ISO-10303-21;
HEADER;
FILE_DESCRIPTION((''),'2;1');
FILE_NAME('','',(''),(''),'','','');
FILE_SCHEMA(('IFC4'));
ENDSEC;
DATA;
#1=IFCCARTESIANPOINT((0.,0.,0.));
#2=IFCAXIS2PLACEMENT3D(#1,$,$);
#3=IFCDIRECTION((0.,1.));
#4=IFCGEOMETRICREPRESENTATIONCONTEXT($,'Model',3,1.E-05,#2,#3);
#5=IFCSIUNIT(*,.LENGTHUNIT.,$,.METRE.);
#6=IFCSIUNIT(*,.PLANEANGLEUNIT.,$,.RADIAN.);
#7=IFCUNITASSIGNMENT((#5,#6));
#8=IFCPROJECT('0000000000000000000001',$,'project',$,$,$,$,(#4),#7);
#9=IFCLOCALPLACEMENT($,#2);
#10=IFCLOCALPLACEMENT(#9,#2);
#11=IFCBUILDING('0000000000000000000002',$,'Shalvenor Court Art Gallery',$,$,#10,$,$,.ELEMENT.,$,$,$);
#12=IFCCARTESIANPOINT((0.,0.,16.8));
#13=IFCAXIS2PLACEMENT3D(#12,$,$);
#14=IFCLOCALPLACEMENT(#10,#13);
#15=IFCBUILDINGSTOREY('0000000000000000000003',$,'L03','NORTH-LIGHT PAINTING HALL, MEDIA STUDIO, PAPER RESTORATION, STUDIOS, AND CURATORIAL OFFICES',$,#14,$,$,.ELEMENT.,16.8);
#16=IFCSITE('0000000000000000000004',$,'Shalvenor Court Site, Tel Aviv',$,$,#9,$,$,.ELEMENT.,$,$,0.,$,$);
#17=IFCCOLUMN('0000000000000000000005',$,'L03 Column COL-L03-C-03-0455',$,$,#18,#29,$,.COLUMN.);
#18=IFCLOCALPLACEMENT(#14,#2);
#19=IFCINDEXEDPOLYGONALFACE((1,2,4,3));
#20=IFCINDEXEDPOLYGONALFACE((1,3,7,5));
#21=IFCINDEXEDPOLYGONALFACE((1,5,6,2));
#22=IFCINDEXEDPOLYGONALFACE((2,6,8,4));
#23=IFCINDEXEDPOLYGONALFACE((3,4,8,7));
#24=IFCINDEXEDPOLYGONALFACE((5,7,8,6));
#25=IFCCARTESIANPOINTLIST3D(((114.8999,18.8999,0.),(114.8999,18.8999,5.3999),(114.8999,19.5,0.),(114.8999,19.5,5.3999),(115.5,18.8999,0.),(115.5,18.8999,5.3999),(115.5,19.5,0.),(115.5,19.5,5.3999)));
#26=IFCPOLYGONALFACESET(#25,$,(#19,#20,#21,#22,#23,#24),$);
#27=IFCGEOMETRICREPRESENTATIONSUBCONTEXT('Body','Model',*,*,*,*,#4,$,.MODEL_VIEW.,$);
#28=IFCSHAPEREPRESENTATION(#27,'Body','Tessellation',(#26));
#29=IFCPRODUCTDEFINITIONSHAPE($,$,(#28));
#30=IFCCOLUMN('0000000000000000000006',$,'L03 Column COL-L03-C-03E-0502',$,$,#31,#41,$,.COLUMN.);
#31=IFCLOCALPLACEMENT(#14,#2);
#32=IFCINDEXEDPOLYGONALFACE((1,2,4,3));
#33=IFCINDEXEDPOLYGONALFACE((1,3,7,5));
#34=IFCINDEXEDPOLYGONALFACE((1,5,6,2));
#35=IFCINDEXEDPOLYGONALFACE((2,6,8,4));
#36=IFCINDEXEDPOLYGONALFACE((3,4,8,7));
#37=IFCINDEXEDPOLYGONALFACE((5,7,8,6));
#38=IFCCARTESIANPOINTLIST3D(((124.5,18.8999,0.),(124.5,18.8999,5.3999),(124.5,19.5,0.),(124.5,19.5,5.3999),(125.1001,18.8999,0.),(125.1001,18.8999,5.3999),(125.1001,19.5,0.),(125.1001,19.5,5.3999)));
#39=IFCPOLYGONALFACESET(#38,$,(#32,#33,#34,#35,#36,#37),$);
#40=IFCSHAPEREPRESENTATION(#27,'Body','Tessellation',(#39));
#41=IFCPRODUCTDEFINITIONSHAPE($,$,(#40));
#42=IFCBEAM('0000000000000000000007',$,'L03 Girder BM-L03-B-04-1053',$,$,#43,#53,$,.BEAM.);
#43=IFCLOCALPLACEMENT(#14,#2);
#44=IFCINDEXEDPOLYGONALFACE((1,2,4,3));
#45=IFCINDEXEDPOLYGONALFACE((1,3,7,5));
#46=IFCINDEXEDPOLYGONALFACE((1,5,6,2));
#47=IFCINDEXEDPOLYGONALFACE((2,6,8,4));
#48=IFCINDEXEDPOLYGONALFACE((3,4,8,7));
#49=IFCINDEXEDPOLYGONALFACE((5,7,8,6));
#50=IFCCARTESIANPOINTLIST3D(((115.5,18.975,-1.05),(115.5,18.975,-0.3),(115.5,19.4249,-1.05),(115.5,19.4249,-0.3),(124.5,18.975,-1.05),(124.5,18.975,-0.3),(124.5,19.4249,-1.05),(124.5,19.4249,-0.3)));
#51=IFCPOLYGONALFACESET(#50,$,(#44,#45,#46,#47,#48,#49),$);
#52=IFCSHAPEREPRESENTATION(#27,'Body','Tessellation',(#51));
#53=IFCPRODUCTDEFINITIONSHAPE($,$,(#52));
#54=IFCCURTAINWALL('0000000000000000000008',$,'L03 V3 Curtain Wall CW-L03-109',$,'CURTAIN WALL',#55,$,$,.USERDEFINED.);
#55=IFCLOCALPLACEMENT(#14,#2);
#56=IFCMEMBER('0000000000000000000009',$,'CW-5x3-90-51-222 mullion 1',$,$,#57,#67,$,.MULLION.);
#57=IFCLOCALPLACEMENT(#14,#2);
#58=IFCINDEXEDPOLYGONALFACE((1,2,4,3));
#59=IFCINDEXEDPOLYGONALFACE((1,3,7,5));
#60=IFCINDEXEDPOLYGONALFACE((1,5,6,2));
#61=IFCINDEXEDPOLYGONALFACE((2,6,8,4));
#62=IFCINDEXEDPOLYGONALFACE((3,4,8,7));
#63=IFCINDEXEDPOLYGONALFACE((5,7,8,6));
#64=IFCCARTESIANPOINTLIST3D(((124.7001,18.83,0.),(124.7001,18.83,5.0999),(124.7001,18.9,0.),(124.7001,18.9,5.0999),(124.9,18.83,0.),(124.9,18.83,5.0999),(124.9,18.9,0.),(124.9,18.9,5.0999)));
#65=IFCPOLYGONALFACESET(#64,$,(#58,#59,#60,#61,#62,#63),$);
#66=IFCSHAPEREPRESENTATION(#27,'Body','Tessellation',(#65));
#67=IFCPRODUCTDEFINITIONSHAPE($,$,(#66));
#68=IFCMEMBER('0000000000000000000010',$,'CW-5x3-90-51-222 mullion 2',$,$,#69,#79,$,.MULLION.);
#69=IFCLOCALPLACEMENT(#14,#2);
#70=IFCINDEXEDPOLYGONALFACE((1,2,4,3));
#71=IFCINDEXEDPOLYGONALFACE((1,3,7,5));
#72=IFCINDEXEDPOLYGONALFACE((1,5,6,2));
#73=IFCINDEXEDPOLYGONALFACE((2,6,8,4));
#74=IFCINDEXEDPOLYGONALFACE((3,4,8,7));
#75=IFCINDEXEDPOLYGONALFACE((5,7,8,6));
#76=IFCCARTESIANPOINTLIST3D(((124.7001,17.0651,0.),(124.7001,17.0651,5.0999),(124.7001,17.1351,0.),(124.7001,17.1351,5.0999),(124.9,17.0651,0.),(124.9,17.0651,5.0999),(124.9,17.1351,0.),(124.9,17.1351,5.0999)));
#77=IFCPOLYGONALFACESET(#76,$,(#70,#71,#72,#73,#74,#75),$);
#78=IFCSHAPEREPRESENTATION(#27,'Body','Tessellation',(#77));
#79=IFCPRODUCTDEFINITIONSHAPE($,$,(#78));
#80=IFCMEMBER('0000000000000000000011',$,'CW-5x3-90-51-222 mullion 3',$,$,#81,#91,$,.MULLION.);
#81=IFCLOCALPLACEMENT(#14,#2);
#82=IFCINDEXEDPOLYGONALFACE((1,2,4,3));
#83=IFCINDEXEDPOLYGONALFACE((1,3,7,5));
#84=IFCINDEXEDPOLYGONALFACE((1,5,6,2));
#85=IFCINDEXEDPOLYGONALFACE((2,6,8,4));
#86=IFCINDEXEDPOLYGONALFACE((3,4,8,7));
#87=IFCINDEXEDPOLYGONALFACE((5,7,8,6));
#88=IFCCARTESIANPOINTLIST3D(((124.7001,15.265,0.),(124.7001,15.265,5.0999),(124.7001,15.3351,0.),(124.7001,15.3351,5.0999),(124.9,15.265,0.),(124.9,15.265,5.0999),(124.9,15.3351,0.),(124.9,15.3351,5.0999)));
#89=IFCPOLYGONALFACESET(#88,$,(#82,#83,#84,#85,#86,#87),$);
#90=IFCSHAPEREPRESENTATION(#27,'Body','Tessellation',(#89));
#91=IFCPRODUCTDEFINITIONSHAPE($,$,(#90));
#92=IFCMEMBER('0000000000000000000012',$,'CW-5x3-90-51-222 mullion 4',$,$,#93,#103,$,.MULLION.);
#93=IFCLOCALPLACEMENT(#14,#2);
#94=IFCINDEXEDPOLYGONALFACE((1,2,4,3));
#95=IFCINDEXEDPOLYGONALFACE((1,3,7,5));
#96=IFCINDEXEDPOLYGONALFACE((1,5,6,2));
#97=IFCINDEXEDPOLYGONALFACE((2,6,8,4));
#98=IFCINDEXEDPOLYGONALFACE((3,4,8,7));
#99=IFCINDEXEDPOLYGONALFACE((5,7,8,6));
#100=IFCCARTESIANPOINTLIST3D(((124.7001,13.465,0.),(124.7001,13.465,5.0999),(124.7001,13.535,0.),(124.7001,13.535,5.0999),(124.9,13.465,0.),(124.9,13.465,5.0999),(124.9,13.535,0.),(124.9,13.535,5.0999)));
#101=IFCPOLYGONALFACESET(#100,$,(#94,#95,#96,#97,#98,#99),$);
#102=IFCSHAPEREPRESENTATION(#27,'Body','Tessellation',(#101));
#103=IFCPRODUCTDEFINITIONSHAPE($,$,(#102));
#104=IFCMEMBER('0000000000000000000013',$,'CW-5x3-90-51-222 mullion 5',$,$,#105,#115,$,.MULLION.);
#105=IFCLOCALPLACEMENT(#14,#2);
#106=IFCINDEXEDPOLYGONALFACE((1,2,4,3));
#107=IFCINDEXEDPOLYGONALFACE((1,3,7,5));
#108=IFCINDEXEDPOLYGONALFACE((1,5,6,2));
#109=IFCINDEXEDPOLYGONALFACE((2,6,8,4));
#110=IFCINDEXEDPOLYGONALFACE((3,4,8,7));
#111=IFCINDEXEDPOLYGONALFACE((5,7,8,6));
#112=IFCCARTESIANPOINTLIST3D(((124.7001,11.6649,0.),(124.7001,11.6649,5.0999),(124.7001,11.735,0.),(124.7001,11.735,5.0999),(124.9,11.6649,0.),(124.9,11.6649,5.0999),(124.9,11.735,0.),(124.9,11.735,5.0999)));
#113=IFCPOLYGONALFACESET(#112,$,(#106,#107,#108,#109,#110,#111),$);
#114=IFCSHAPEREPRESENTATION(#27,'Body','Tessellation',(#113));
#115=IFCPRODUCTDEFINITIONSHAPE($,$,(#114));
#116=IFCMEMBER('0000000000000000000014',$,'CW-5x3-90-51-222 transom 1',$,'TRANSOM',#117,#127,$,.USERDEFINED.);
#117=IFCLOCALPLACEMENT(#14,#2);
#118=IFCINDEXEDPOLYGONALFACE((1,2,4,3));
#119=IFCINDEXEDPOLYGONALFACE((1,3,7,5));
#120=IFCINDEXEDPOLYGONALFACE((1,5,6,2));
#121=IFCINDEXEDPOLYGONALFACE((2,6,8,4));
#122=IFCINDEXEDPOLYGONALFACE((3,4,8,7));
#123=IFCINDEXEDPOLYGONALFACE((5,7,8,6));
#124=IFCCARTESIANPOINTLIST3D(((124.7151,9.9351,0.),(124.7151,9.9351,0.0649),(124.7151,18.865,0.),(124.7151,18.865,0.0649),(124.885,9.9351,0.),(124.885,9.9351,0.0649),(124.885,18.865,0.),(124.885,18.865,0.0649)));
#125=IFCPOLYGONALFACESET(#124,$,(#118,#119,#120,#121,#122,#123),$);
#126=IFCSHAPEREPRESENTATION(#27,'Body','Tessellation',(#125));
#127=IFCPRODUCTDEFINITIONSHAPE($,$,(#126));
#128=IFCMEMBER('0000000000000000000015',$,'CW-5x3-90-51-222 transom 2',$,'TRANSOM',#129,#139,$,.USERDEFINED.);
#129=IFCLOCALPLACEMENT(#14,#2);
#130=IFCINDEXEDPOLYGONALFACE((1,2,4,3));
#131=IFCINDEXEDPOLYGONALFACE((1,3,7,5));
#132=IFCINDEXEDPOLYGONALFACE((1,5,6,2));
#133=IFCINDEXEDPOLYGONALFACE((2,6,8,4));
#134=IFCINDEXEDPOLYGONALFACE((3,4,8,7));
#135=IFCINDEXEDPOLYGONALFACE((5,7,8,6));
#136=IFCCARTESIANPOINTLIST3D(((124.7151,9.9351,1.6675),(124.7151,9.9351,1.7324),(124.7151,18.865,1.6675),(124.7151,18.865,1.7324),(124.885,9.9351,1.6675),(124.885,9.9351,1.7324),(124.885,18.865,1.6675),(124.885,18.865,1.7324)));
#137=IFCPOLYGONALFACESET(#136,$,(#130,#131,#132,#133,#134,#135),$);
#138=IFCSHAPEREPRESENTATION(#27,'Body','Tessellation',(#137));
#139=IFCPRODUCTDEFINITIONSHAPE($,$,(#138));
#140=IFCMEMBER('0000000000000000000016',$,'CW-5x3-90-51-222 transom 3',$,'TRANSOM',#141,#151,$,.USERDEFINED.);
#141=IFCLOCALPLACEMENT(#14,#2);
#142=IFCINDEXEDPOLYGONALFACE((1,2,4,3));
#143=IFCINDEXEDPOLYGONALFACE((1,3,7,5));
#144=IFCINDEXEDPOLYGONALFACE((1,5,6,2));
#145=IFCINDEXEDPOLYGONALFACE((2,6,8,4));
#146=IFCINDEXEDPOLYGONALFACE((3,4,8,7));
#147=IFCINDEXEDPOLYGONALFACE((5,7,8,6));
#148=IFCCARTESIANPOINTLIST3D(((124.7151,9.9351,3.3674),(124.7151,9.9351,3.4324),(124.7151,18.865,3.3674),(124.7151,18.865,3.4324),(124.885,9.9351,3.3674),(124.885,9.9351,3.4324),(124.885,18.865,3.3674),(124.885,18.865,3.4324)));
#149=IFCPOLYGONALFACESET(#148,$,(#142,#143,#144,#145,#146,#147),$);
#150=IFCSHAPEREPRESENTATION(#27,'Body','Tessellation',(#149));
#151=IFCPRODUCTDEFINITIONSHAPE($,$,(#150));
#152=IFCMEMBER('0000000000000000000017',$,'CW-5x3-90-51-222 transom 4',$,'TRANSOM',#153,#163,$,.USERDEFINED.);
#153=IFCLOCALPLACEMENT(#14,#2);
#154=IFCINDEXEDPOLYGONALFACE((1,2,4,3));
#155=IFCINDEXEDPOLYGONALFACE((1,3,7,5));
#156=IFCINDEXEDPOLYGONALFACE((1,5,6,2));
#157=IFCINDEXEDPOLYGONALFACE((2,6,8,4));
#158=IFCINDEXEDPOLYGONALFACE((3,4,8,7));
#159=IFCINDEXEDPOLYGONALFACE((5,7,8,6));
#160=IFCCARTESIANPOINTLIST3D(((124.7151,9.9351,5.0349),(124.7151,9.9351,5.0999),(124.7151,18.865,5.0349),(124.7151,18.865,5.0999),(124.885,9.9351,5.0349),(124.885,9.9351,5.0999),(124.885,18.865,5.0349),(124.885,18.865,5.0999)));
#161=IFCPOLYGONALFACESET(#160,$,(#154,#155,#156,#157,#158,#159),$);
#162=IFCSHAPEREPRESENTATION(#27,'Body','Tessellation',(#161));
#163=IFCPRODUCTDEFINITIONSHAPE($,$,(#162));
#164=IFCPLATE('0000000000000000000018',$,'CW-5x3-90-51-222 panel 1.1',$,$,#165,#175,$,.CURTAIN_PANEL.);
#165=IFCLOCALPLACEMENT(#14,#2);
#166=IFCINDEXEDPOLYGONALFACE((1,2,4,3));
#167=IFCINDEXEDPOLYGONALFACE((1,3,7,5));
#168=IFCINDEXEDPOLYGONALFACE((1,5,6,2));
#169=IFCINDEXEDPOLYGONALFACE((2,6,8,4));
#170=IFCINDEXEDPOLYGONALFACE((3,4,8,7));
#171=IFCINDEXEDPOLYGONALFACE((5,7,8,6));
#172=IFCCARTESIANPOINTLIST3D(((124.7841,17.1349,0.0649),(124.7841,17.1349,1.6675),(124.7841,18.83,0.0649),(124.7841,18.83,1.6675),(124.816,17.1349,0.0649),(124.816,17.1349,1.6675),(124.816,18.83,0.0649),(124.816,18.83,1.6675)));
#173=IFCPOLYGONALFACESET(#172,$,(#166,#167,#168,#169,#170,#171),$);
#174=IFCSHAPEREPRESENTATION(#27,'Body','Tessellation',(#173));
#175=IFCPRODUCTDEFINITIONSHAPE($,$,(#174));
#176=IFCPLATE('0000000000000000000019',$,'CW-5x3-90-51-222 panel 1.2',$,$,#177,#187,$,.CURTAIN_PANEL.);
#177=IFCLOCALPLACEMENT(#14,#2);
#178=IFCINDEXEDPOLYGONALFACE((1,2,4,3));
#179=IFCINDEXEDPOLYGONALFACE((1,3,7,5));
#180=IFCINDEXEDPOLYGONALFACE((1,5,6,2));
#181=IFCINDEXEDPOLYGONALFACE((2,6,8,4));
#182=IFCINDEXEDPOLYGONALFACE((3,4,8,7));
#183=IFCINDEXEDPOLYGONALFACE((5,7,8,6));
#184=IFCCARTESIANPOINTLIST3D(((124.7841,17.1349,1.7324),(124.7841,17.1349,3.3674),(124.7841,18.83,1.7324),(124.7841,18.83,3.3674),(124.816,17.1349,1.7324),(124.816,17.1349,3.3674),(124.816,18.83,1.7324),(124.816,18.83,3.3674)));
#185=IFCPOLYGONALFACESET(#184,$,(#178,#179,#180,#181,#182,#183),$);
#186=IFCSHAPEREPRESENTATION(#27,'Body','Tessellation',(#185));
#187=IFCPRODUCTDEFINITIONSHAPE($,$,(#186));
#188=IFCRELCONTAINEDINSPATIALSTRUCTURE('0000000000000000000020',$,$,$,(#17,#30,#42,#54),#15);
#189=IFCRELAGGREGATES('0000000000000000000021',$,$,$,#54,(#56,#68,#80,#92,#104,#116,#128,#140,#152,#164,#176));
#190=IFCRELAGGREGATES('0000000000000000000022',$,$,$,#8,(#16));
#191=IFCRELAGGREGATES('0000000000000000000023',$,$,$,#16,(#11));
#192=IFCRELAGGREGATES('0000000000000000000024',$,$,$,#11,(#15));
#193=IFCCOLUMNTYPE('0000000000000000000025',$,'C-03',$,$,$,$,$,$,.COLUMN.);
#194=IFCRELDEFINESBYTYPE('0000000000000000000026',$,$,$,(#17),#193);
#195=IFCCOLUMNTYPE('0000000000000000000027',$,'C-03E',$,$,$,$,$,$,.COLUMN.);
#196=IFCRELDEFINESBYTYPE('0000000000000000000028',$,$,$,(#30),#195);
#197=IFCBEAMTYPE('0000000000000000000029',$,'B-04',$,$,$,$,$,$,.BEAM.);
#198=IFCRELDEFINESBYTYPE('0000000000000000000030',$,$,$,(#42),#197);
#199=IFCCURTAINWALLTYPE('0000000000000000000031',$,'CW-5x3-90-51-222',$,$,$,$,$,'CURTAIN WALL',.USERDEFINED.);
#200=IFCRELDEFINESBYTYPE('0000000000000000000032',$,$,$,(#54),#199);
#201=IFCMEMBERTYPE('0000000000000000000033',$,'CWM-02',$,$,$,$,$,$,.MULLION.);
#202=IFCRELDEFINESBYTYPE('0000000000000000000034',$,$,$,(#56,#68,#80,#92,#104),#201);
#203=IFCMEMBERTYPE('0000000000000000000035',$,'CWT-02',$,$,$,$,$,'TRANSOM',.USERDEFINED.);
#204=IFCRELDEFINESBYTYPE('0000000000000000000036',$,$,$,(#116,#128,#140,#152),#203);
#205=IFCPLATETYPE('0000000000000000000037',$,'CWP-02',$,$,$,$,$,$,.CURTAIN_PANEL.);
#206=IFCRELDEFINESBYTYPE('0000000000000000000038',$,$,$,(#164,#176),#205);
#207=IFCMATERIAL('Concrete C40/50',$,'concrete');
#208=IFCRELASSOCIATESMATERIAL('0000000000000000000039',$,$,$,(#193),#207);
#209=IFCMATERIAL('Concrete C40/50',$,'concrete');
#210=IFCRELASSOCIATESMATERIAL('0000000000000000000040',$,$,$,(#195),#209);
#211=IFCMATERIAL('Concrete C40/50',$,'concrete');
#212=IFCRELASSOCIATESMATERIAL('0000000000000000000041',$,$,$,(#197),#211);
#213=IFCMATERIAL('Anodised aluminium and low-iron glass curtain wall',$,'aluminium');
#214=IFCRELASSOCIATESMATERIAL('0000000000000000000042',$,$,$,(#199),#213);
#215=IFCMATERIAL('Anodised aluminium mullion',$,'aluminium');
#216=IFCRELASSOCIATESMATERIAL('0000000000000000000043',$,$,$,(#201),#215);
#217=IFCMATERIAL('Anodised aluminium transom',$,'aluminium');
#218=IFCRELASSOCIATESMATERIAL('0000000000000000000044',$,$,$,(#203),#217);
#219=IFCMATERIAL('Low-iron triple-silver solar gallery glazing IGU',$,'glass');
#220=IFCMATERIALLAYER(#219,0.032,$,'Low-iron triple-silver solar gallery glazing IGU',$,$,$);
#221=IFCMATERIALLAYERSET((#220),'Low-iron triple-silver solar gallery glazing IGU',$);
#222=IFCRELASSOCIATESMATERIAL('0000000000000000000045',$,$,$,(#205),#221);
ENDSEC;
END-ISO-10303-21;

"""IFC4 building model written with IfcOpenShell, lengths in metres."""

from ifc_helpers import new_model, si_unit, direction, frame, origin, origin_2d, place, context, subcontext, project, spatial, rectangle, extrude, material, layer, layer_set, material_profile, profile_set, type_object, element, aggregate, save


model = new_model("IFC4")

# Units and contexts
model_context = context("Model", 3, precision=1e-05, world=origin(), true_north=direction((0.0, 1.0)))
body_context = subcontext(model_context, "Body", "Model", "MODEL_VIEW")
ifc_project = project(units=[si_unit("LENGTHUNIT", "METRE"), si_unit("PLANEANGLEUNIT", "RADIAN")], contexts=[model_context])

# Site, building, storey
site_placement = place(None, origin())
site = spatial("IfcSite", under=ifc_project, at=site_placement, Name="Shalvenor Court Site, Tel Aviv", CompositionType="ELEMENT", RefElevation=0.0)
building_placement = place(site_placement, origin())
building = spatial("IfcBuilding", under=site, at=building_placement, Name="Shalvenor Court Art Gallery", CompositionType="ELEMENT")
storey_placement = place(building_placement, frame((0.0, 0.0, 16.8)))
storey = spatial("IfcBuildingStorey", under=building, at=storey_placement, Name="L03", Description="NORTH-LIGHT PAINTING HALL, MEDIA STUDIO, PAPER RESTORATION, STUDIOS, AND CURATORIAL OFFICES", CompositionType="ELEMENT", Elevation=16.8)

# Columns
ifc_material_1 = material(Name="Concrete C40/50", Category="concrete")
ifc_material_profile_1 = material_profile(ifc_material_1, rectangle(XDim=0.6001, YDim=0.6001, at=origin_2d()), Name="RC 600x600")
ifc_profile_set_1 = profile_set([ifc_material_profile_1], Name="Concrete C40/50")
column_type_1 = type_object("IfcColumnType", Name="C-03", PredefinedType="COLUMN", material=ifc_profile_set_1)
column_1_placement = place(storey_placement, frame((115.2, 19.2, 0.0), z_axis=(0.0, 0.0, 1.0), x_axis=(1.0, 0.0, 0.0)))
element("IfcColumn", 1, at=column_1_placement, inside=storey, type_object=column_type_1, Name="L03 Column COL-L03-C-03-0455", PredefinedType="COLUMN", context=body_context, shape_type="SweptSolid", body=[
    extrude(rectangle(XDim=0.6001, YDim=0.6001, at=origin_2d()), origin(), (0.0, 0.0, 1.0), 5.3999),
])
ifc_material_2 = material(Name="Concrete C40/50", Category="concrete")
ifc_material_profile_2 = material_profile(ifc_material_2, rectangle(XDim=0.6001, YDim=0.6001, at=origin_2d()), Name="RC 600x600")
ifc_profile_set_2 = profile_set([ifc_material_profile_2], Name="Concrete C40/50")
column_type_2 = type_object("IfcColumnType", Name="C-03E", PredefinedType="COLUMN", material=ifc_profile_set_2)
column_2_placement = place(storey_placement, frame((124.8, 19.2, 0.0), z_axis=(0.0, 0.0, 1.0), x_axis=(1.0, 0.0, 0.0)))
element("IfcColumn", 2, at=column_2_placement, inside=storey, type_object=column_type_2, Name="L03 Column COL-L03-C-03E-0502", PredefinedType="COLUMN", context=body_context, shape_type="SweptSolid", body=[
    extrude(rectangle(XDim=0.6001, YDim=0.6001, at=origin_2d()), origin(), (0.0, 0.0, 1.0), 5.3999),
])

# Beam
ifc_material_3 = material(Name="Concrete C40/50", Category="concrete")
ifc_material_profile_3 = material_profile(ifc_material_3, rectangle(XDim=0.45, YDim=0.75, at=origin_2d()), Name="RC 450x750")
ifc_profile_set_3 = profile_set([ifc_material_profile_3], Name="Concrete C40/50")
beam_type = type_object("IfcBeamType", Name="B-04", PredefinedType="BEAM", material=ifc_profile_set_3)
beam_placement = place(storey_placement, frame((115.5, 19.2, -0.675), z_axis=(1.0, 0.0, 0.0), x_axis=(0.0, 1.0, 0.0)))
element("IfcBeam", 3, at=beam_placement, inside=storey, type_object=beam_type, Name="L03 Girder BM-L03-B-04-1053", PredefinedType="BEAM", context=body_context, shape_type="SweptSolid", body=[
    extrude(rectangle(XDim=0.45, YDim=0.75, at=origin_2d()), origin(), (0.0, 0.0, 1.0), 9.0),
])

# Curtain wall, members, plates
ifc_material_4 = material(Name="Anodised aluminium and low-iron glass curtain wall", Category="aluminium")
curtain_wall_type = type_object("IfcCurtainWallType", Name="CW-5x3-90-51-222", ElementType="CURTAIN WALL", PredefinedType="USERDEFINED", material=ifc_material_4)
curtain_wall_placement = place(storey_placement, origin())
curtain_wall = element("IfcCurtainWall", 4, at=curtain_wall_placement, inside=storey, type_object=curtain_wall_type, Name="L03 V3 Curtain Wall CW-L03-109", ObjectType="CURTAIN WALL", PredefinedType="USERDEFINED")
ifc_material_5 = material(Name="Anodised aluminium mullion", Category="aluminium")
ifc_material_profile_4 = material_profile(ifc_material_5, rectangle(XDim=0.0701, YDim=0.2, at=origin_2d()), Name="CWM-02")
ifc_profile_set_4 = profile_set([ifc_material_profile_4], Name="Anodised aluminium mullion")
member_type_1 = type_object("IfcMemberType", Name="CWM-02", PredefinedType="MULLION", material=ifc_profile_set_4)
member_1_placement = place(storey_placement, frame((124.8, 18.865, 0.0), z_axis=(0.0, 0.0, 1.0), x_axis=(0.0, -1.0, 0.0)))
member_1 = element("IfcMember", 5, at=member_1_placement, type_object=member_type_1, Name="CW-5x3-90-51-222 mullion 1", PredefinedType="MULLION", context=body_context, shape_type="SweptSolid", body=[
    extrude(rectangle(XDim=0.0701, YDim=0.2, at=origin_2d()), origin(), (0.0, 0.0, 1.0), 5.0999),
])
member_2_placement = place(storey_placement, frame((124.8, 17.1001, 0.0), z_axis=(0.0, 0.0, 1.0), x_axis=(0.0, -1.0, 0.0)))
member_2 = element("IfcMember", 6, at=member_2_placement, type_object=member_type_1, Name="CW-5x3-90-51-222 mullion 2", PredefinedType="MULLION", context=body_context, shape_type="SweptSolid", body=[
    extrude(rectangle(XDim=0.0701, YDim=0.2, at=origin_2d()), origin(), (0.0, 0.0, 1.0), 5.0999),
])
member_3_placement = place(storey_placement, frame((124.8, 15.3, 0.0), z_axis=(0.0, 0.0, 1.0), x_axis=(0.0, -1.0, 0.0)))
member_3 = element("IfcMember", 7, at=member_3_placement, type_object=member_type_1, Name="CW-5x3-90-51-222 mullion 3", PredefinedType="MULLION", context=body_context, shape_type="SweptSolid", body=[
    extrude(rectangle(XDim=0.0701, YDim=0.2, at=origin_2d()), origin(), (0.0, 0.0, 1.0), 5.0999),
])
member_4_placement = place(storey_placement, frame((124.8, 13.5, 0.0), z_axis=(0.0, 0.0, 1.0), x_axis=(0.0, -1.0, 0.0)))
member_4 = element("IfcMember", 8, at=member_4_placement, type_object=member_type_1, Name="CW-5x3-90-51-222 mullion 4", PredefinedType="MULLION", context=body_context, shape_type="SweptSolid", body=[
    extrude(rectangle(XDim=0.0701, YDim=0.2, at=origin_2d()), origin(), (0.0, 0.0, 1.0), 5.0999),
])
member_5_placement = place(storey_placement, frame((124.8, 11.7, 0.0), z_axis=(0.0, 0.0, 1.0), x_axis=(0.0, -1.0, 0.0)))
member_5 = element("IfcMember", 9, at=member_5_placement, type_object=member_type_1, Name="CW-5x3-90-51-222 mullion 5", PredefinedType="MULLION", context=body_context, shape_type="SweptSolid", body=[
    extrude(rectangle(XDim=0.0701, YDim=0.2, at=origin_2d()), origin(), (0.0, 0.0, 1.0), 5.0999),
])
ifc_material_6 = material(Name="Anodised aluminium transom", Category="aluminium")
ifc_material_profile_5 = material_profile(ifc_material_6, rectangle(XDim=0.1699, YDim=0.0649, at=origin_2d()), Name="CWT-02")
ifc_profile_set_5 = profile_set([ifc_material_profile_5], Name="Anodised aluminium transom")
member_type_2 = type_object("IfcMemberType", Name="CWT-02", ElementType="TRANSOM", PredefinedType="USERDEFINED", material=ifc_profile_set_5)
member_6_placement = place(storey_placement, frame((124.8, 18.865, 0.0325), z_axis=(0.0, -1.0, 0.0), x_axis=(1.0, 0.0, 0.0)))
member_6 = element("IfcMember", 10, at=member_6_placement, type_object=member_type_2, Name="CW-5x3-90-51-222 transom 1", ObjectType="TRANSOM", PredefinedType="USERDEFINED", context=body_context, shape_type="SweptSolid", body=[
    extrude(rectangle(XDim=0.1699, YDim=0.0649, at=origin_2d()), origin(), (0.0, 0.0, 1.0), 8.9299),
])
member_7_placement = place(storey_placement, frame((124.8, 18.865, 1.7), z_axis=(0.0, -1.0, 0.0), x_axis=(1.0, 0.0, 0.0)))
member_7 = element("IfcMember", 11, at=member_7_placement, type_object=member_type_2, Name="CW-5x3-90-51-222 transom 2", ObjectType="TRANSOM", PredefinedType="USERDEFINED", context=body_context, shape_type="SweptSolid", body=[
    extrude(rectangle(XDim=0.1699, YDim=0.0649, at=origin_2d()), origin(), (0.0, 0.0, 1.0), 8.9299),
])
member_8_placement = place(storey_placement, frame((124.8, 18.865, 3.3999), z_axis=(0.0, -1.0, 0.0), x_axis=(1.0, 0.0, 0.0)))
member_8 = element("IfcMember", 12, at=member_8_placement, type_object=member_type_2, Name="CW-5x3-90-51-222 transom 3", ObjectType="TRANSOM", PredefinedType="USERDEFINED", context=body_context, shape_type="SweptSolid", body=[
    extrude(rectangle(XDim=0.1699, YDim=0.0649, at=origin_2d()), origin(), (0.0, 0.0, 1.0), 8.9299),
])
member_9_placement = place(storey_placement, frame((124.8, 18.865, 5.0674), z_axis=(0.0, -1.0, 0.0), x_axis=(1.0, 0.0, 0.0)))
member_9 = element("IfcMember", 13, at=member_9_placement, type_object=member_type_2, Name="CW-5x3-90-51-222 transom 4", ObjectType="TRANSOM", PredefinedType="USERDEFINED", context=body_context, shape_type="SweptSolid", body=[
    extrude(rectangle(XDim=0.1699, YDim=0.0649, at=origin_2d()), origin(), (0.0, 0.0, 1.0), 8.9299),
])
ifc_material_7 = material(Name="Low-iron triple-silver solar gallery glazing IGU", Category="glass")
ifc_layer_1 = layer(ifc_material_7, 0.032, Name="Low-iron triple-silver solar gallery glazing IGU")
ifc_layer_set_1 = layer_set([ifc_layer_1], Name="Low-iron triple-silver solar gallery glazing IGU")
plate_type_1 = type_object("IfcPlateType", Name="CWP-02", PredefinedType="CURTAIN_PANEL", material=ifc_layer_set_1)
plate_1_placement = place(storey_placement, frame((124.8, 17.9824, 0.0649), z_axis=(0.0, 0.0, 1.0), x_axis=(0.0, -1.0, 0.0)))
plate_1 = element("IfcPlate", 14, at=plate_1_placement, type_object=plate_type_1, Name="CW-5x3-90-51-222 panel 1.1", PredefinedType="CURTAIN_PANEL", context=body_context, shape_type="SweptSolid", body=[
    extrude(rectangle(XDim=1.6951, YDim=0.032, at=origin_2d()), origin(), (0.0, 0.0, 1.0), 1.6025),
])
plate_2_placement = place(storey_placement, frame((124.8, 17.9824, 1.7324), z_axis=(0.0, 0.0, 1.0), x_axis=(0.0, -1.0, 0.0)))
plate_2 = element("IfcPlate", 15, at=plate_2_placement, type_object=plate_type_1, Name="CW-5x3-90-51-222 panel 1.2", PredefinedType="CURTAIN_PANEL", context=body_context, shape_type="SweptSolid", body=[
    extrude(rectangle(XDim=1.6951, YDim=0.032, at=origin_2d()), origin(), (0.0, 0.0, 1.0), 1.635),
])
aggregate(curtain_wall, [member_1, member_2, member_3, member_4, member_5, member_6, member_7, member_8, member_9, plate_1, plate_2])

save(model, "model.ifc")
